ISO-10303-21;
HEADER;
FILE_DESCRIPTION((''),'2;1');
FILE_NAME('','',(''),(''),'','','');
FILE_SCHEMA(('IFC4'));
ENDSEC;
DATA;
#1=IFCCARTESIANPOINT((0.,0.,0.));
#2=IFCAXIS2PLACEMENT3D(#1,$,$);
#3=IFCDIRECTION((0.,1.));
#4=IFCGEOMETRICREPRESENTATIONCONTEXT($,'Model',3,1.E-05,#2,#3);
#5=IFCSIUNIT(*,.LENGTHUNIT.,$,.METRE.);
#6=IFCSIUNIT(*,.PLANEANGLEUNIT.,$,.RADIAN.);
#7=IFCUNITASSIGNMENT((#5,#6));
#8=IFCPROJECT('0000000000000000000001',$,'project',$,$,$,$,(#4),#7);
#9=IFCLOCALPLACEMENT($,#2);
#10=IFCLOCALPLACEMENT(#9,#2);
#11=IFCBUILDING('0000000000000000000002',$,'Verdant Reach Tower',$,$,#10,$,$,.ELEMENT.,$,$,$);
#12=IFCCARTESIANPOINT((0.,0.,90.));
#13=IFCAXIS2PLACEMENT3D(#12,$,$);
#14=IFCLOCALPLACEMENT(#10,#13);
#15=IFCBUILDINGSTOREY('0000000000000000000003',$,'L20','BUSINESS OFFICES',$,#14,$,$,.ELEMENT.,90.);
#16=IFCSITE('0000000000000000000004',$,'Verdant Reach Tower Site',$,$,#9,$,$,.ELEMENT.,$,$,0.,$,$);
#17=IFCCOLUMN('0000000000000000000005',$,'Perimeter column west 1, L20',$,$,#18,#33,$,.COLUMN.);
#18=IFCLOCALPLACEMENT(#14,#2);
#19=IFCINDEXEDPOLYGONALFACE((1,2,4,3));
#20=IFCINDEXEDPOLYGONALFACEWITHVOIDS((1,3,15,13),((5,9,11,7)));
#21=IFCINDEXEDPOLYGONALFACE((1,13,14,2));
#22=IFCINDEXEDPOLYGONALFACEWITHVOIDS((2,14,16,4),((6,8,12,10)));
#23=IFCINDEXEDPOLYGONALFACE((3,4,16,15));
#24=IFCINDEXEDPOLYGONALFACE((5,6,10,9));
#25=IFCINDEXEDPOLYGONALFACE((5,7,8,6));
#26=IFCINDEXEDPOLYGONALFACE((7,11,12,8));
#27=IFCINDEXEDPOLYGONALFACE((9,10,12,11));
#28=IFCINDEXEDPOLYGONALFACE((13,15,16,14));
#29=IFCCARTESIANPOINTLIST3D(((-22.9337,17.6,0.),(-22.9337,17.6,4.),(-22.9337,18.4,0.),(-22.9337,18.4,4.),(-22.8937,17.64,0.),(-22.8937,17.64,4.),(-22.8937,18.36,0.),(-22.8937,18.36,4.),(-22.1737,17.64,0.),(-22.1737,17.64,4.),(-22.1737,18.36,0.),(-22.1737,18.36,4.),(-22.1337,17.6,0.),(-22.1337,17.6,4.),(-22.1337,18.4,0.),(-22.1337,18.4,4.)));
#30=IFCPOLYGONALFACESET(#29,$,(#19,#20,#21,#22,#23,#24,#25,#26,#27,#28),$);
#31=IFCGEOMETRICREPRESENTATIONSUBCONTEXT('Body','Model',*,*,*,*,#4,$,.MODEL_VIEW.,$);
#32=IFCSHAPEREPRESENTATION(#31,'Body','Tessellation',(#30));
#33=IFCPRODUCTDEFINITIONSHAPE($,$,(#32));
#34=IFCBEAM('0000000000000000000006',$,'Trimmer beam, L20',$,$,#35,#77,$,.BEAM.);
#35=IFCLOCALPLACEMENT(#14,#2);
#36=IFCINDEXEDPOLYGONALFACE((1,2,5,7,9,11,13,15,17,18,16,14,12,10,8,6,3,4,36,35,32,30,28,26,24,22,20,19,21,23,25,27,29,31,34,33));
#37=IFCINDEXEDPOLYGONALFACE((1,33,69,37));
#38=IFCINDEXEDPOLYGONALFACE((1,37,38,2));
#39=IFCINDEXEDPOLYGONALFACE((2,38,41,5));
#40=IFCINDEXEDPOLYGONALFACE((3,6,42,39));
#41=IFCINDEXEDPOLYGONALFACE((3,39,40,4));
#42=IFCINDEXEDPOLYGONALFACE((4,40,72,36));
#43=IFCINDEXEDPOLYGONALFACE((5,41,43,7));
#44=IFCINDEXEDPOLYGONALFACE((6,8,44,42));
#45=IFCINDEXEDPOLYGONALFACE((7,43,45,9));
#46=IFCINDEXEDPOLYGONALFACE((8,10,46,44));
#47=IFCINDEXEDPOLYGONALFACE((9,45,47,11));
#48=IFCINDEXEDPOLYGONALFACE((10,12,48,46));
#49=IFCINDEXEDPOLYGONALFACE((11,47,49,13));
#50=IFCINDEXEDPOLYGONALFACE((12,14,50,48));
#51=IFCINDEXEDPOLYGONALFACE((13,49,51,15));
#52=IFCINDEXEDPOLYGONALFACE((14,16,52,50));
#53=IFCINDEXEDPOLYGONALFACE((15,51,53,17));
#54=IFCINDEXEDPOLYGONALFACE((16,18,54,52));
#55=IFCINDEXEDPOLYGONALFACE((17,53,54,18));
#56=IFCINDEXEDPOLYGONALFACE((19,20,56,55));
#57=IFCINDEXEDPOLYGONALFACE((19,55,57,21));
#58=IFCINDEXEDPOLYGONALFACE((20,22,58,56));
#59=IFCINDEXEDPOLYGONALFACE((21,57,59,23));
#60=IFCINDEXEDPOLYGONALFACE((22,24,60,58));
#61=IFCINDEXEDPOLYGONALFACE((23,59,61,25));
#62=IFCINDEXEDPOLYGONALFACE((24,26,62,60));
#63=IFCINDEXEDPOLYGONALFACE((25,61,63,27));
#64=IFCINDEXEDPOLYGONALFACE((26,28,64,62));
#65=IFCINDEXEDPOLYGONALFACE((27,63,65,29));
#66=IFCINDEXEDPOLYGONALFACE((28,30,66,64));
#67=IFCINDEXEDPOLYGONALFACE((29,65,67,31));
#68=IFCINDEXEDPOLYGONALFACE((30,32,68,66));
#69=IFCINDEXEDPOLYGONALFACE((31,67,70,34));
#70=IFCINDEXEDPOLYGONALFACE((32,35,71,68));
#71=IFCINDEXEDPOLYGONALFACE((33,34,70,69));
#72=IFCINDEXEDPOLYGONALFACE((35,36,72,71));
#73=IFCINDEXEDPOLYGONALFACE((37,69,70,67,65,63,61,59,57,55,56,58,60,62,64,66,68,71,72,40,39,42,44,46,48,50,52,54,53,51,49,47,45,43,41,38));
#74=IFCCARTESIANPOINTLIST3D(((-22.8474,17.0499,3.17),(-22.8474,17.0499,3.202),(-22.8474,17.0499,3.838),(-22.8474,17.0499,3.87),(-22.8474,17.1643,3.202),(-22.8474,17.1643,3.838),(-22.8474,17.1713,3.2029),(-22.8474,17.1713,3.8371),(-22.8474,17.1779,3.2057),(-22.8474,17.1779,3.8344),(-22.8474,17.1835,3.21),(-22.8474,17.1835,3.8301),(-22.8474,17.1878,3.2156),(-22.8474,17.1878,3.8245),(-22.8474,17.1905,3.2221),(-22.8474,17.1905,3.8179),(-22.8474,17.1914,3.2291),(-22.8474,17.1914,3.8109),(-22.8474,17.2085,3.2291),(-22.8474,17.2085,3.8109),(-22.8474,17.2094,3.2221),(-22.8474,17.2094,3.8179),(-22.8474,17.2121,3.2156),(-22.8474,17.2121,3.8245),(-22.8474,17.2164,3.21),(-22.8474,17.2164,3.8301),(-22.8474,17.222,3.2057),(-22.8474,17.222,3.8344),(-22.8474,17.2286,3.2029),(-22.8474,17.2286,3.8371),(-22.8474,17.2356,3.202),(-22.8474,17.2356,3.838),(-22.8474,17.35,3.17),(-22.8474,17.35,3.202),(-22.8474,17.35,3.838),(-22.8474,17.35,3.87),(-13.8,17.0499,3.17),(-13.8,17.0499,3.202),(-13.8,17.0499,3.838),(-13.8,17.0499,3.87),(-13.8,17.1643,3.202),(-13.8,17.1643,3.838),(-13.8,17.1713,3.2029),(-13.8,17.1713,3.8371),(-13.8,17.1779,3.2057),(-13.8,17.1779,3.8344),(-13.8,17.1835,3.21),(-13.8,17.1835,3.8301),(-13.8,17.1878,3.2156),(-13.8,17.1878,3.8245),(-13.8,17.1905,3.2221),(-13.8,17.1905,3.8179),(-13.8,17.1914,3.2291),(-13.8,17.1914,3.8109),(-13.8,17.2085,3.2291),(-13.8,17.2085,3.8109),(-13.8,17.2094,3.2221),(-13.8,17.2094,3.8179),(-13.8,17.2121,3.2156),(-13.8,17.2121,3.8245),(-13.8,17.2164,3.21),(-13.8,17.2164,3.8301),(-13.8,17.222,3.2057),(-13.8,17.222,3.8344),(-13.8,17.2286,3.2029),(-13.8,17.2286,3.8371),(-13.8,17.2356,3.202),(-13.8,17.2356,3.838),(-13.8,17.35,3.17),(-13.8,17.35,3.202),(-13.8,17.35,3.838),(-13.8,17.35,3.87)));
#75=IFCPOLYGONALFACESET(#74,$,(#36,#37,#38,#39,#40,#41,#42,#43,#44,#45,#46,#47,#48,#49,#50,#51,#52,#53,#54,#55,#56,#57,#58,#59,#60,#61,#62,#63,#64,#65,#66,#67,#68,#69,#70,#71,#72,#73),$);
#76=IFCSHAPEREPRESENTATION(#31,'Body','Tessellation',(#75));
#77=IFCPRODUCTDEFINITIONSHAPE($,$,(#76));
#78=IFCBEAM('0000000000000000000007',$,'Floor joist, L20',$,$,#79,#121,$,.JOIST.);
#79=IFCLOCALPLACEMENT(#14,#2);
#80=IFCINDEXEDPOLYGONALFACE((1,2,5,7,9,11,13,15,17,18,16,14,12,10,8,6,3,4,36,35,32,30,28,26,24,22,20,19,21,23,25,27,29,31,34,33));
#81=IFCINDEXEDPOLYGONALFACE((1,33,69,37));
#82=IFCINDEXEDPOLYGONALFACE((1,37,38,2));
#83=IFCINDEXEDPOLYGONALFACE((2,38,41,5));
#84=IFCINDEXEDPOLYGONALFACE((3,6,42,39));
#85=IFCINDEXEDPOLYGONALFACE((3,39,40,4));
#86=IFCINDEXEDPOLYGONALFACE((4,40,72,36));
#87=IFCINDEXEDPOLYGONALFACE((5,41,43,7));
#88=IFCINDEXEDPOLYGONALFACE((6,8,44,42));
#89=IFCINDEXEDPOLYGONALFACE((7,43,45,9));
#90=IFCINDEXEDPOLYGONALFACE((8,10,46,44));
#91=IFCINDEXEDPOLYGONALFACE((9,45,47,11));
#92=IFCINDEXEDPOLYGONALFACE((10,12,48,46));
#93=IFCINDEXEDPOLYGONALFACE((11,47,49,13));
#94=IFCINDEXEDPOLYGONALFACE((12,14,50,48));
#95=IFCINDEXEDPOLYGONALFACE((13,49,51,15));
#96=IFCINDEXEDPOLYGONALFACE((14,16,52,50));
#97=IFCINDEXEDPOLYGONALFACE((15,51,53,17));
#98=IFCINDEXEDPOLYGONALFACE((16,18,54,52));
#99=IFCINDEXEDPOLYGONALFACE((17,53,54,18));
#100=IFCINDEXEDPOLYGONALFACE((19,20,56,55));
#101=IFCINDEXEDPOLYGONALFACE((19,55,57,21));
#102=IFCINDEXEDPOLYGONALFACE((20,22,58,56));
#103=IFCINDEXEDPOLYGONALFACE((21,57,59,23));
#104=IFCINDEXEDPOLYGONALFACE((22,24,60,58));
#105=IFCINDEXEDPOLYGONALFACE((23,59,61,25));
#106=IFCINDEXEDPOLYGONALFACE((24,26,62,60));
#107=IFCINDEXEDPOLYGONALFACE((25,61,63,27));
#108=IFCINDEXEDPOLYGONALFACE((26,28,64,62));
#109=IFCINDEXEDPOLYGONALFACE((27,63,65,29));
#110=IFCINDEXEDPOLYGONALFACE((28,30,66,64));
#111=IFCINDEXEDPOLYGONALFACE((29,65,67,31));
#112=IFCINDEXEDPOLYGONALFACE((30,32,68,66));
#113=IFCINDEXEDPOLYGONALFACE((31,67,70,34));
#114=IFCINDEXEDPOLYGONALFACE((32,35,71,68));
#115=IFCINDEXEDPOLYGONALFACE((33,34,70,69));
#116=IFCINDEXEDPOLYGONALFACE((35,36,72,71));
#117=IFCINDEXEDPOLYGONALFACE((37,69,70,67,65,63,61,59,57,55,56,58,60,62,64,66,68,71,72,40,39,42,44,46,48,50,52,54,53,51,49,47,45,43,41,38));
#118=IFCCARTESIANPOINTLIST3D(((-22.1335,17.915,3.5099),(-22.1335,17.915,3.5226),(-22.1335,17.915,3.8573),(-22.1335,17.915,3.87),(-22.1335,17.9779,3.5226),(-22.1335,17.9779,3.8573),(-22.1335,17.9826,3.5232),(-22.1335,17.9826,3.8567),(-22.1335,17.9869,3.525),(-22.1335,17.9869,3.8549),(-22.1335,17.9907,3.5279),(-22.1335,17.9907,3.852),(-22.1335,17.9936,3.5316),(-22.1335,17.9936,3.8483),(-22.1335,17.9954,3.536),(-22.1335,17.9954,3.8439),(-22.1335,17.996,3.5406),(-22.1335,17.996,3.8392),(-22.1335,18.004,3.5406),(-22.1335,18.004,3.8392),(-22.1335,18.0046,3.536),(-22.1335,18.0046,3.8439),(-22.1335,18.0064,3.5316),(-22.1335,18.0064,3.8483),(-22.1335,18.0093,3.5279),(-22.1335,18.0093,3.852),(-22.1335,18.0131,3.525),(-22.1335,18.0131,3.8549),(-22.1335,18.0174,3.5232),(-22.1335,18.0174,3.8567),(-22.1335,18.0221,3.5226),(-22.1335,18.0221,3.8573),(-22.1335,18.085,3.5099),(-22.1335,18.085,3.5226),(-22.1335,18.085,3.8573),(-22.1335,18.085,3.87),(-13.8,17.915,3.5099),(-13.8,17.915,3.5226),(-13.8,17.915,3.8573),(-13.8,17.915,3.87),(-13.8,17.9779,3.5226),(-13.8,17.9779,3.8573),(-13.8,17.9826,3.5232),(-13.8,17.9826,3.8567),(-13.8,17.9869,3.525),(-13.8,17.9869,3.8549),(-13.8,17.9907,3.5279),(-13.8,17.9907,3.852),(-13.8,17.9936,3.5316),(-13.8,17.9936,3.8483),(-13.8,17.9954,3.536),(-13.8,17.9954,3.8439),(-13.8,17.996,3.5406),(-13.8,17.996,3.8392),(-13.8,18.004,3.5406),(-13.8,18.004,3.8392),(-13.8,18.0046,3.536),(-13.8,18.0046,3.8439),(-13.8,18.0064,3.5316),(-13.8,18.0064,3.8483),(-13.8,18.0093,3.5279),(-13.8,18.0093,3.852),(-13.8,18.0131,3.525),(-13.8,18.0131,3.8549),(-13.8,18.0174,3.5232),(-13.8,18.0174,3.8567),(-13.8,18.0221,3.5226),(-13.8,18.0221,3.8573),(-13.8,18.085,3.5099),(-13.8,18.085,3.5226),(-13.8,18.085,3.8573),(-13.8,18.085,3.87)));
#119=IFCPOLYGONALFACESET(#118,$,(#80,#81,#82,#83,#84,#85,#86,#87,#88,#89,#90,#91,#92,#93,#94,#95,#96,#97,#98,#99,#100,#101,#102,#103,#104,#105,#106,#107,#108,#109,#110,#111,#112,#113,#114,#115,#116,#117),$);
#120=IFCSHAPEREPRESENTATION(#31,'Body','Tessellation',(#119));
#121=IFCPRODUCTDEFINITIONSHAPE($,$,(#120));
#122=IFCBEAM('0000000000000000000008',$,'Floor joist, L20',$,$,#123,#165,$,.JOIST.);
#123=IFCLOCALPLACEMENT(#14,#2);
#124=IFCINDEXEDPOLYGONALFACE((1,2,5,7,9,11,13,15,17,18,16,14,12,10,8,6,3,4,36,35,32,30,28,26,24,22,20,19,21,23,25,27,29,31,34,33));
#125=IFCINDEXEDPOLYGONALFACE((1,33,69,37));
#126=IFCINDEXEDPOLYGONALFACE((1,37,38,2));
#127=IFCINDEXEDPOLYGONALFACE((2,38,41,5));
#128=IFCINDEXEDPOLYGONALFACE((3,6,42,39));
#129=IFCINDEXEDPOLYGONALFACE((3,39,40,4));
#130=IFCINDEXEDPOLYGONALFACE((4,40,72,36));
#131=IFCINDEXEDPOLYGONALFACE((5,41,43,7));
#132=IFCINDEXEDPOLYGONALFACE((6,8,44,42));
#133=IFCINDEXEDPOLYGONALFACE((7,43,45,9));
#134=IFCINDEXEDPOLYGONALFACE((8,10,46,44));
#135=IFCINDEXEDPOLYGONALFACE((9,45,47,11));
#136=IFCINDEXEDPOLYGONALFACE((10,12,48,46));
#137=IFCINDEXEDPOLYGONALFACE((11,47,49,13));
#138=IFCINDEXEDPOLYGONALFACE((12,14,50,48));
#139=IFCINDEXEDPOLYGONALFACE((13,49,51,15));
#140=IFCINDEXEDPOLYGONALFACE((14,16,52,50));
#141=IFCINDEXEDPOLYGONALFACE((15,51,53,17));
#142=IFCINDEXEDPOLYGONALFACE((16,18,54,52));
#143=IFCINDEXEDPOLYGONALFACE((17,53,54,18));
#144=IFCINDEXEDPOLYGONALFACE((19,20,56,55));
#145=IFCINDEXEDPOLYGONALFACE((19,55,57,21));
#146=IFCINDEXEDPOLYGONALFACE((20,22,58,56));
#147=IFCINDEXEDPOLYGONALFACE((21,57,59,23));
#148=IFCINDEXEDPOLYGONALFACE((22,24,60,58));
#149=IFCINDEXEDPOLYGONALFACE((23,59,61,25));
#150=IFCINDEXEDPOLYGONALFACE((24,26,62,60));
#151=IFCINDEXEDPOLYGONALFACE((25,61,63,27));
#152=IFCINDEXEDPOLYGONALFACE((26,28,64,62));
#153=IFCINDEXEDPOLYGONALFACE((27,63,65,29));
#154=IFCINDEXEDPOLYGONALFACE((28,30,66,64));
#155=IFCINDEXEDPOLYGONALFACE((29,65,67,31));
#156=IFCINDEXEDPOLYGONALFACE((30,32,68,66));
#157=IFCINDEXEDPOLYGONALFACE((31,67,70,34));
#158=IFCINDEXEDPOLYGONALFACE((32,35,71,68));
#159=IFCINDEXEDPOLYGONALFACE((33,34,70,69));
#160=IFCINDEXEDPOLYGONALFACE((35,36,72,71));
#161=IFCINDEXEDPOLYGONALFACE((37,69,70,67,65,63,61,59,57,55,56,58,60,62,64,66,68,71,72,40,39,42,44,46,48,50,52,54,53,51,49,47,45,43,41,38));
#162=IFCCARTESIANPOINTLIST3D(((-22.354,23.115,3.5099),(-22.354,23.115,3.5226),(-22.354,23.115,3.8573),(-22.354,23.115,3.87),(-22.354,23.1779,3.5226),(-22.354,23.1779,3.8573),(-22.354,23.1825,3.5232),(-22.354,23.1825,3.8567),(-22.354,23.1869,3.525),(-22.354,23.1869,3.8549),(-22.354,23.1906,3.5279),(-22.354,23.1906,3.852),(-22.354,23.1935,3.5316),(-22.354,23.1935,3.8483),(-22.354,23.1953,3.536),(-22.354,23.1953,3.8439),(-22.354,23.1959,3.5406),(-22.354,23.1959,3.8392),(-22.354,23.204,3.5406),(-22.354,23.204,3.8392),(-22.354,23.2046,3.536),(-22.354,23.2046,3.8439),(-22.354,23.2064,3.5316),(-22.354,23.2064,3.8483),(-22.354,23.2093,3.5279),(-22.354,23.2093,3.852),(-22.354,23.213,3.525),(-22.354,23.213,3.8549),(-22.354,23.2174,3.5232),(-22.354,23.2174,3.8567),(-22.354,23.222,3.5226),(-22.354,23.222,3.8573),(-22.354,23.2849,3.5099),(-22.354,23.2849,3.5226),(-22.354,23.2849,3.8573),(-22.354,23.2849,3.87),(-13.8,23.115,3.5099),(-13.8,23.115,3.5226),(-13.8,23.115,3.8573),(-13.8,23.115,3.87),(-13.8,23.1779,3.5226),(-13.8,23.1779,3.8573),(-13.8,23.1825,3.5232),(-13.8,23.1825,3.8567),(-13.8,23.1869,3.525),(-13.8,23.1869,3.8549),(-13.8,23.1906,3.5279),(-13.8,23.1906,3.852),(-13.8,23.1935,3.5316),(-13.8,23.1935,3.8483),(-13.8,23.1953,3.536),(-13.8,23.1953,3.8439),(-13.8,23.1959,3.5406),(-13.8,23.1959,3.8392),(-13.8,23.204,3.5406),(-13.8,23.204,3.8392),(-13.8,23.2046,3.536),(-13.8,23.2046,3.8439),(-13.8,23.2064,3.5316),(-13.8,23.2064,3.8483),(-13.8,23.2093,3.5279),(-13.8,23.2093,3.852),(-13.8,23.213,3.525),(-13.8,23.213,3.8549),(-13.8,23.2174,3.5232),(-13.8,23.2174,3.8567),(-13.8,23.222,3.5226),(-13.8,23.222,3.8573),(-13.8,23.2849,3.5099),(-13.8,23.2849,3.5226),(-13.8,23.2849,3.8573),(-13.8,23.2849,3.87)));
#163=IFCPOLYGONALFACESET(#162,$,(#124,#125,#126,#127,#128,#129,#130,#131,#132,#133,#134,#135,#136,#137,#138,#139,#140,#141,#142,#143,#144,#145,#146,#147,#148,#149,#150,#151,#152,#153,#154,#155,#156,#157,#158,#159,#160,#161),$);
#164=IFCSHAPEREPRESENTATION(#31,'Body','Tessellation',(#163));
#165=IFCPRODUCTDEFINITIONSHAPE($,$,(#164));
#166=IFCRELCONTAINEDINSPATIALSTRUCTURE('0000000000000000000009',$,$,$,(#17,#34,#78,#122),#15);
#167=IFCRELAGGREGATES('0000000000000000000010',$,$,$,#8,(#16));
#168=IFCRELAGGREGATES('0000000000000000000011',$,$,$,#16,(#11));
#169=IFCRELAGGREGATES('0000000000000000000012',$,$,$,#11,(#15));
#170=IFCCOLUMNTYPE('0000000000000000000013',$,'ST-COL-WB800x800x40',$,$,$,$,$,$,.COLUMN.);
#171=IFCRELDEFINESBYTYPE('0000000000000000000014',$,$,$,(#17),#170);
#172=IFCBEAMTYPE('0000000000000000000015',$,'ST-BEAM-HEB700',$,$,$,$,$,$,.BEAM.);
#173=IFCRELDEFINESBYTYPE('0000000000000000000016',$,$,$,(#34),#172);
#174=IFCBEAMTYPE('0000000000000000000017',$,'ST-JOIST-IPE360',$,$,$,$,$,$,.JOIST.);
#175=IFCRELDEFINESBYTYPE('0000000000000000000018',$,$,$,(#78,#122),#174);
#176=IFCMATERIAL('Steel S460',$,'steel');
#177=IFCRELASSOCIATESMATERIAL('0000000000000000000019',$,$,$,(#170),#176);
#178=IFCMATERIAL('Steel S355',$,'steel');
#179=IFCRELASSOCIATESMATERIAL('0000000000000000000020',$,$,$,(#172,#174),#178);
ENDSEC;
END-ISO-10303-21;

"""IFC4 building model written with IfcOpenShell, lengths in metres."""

from ifc_helpers import new_model, si_unit, direction, frame, origin, origin_2d, place, context, subcontext, project, spatial, hollow_rectangle, i_section, extrude, material, material_profile, profile_set, type_object, element, save


model = new_model("IFC4")

# Units and contexts
model_context = context("Model", 3, precision=1e-05, world=origin(), true_north=direction((0.0, 1.0)))
body_context = subcontext(model_context, "Body", "Model", "MODEL_VIEW")
ifc_project = project(units=[si_unit("LENGTHUNIT", "METRE"), si_unit("PLANEANGLEUNIT", "RADIAN")], contexts=[model_context])

# Site, building, storey
site_placement = place(None, origin())
site = spatial("IfcSite", under=ifc_project, at=site_placement, Name="Verdant Reach Tower Site", CompositionType="ELEMENT", RefElevation=0.0)
building_placement = place(site_placement, origin())
building = spatial("IfcBuilding", under=site, at=building_placement, Name="Verdant Reach Tower", CompositionType="ELEMENT")
storey_placement = place(building_placement, frame((0.0, 0.0, 90.0)))
storey = spatial("IfcBuildingStorey", under=building, at=storey_placement, Name="L20", Description="BUSINESS OFFICES", CompositionType="ELEMENT", Elevation=90.0)

# Column
ifc_material_1 = material(Name="Steel S460", Category="steel")
ifc_material_profile_1 = material_profile(ifc_material_1, hollow_rectangle(XDim=0.8, YDim=0.8, WallThickness=0.04, at=origin_2d()), Name="WB 800x800x40")
ifc_profile_set_1 = profile_set([ifc_material_profile_1], Name="Steel S460")
column_type = type_object("IfcColumnType", Name="ST-COL-WB800x800x40", PredefinedType="COLUMN", material=ifc_profile_set_1)
column_placement = place(storey_placement, frame((-22.5337, 18.0, 0.0), z_axis=(0.0, 0.0, 1.0), x_axis=(1.0, 0.0, 0.0)))
element("IfcColumn", 1, at=column_placement, inside=storey, type_object=column_type, Name="Perimeter column west 1, L20", PredefinedType="COLUMN", context=body_context, shape_type="SweptSolid", body=[
    extrude(hollow_rectangle(XDim=0.8, YDim=0.8, WallThickness=0.04, at=origin_2d()), origin(), (0.0, 0.0, 1.0), 4.0),
])

# Beams
ifc_material_2 = material(Name="Steel S355", Category="steel")
ifc_material_profile_2 = material_profile(ifc_material_2, i_section(OverallWidth=0.3, OverallDepth=0.7, WebThickness=0.0171, FlangeThickness=0.032, FilletRadius=0.0271, at=origin_2d()), Name="HEB 700")
ifc_profile_set_2 = profile_set([ifc_material_profile_2], Name="Steel S355")
beam_type_1 = type_object("IfcBeamType", Name="ST-BEAM-HEB700", PredefinedType="BEAM", material=ifc_profile_set_2)
beam_1_placement = place(storey_placement, frame((-13.8, 17.2, 3.52), z_axis=(-1.0, 0.0, 0.0), x_axis=(0.0, -1.0, 0.0)))
element("IfcBeam", 2, at=beam_1_placement, inside=storey, type_object=beam_type_1, Name="Trimmer beam, L20", PredefinedType="BEAM", context=body_context, shape_type="SweptSolid", body=[
    extrude(i_section(OverallWidth=0.3, OverallDepth=0.7, WebThickness=0.0171, FlangeThickness=0.032, FilletRadius=0.0271, at=origin_2d()), origin(), (0.0, 0.0, 1.0), 9.0474),
])
ifc_material_profile_3 = material_profile(ifc_material_2, i_section(OverallWidth=0.1699, OverallDepth=0.3601, WebThickness=0.0081, FlangeThickness=0.0127, FilletRadius=0.0181, at=origin_2d()), Name="IPE 360")
ifc_profile_set_3 = profile_set([ifc_material_profile_3], Name="Steel S355")
beam_type_2 = type_object("IfcBeamType", Name="ST-JOIST-IPE360", PredefinedType="JOIST", material=ifc_profile_set_3)
beam_2_placement = place(storey_placement, frame((-13.8, 18.0, 3.6899), z_axis=(-1.0, 0.0, 0.0), x_axis=(0.0, -1.0, 0.0)))
element("IfcBeam", 3, at=beam_2_placement, inside=storey, type_object=beam_type_2, Name="Floor joist, L20", PredefinedType="JOIST", context=body_context, shape_type="SweptSolid", body=[
    extrude(i_section(OverallWidth=0.1699, OverallDepth=0.3601, WebThickness=0.0081, FlangeThickness=0.0127, FilletRadius=0.0181, at=origin_2d()), origin(), (0.0, 0.0, 1.0), 8.3335),
])
beam_3_placement = place(storey_placement, frame((-13.8, 23.2, 3.6899), z_axis=(-1.0, 0.0, 0.0), x_axis=(0.0, -1.0, 0.0)))
element("IfcBeam", 4, at=beam_3_placement, inside=storey, type_object=beam_type_2, Name="Floor joist, L20", PredefinedType="JOIST", context=body_context, shape_type="SweptSolid", body=[
    extrude(i_section(OverallWidth=0.1699, OverallDepth=0.3601, WebThickness=0.0081, FlangeThickness=0.0127, FilletRadius=0.0181, at=origin_2d()), origin(), (0.0, 0.0, 1.0), 8.554),
])

save(model, "model.ifc")
